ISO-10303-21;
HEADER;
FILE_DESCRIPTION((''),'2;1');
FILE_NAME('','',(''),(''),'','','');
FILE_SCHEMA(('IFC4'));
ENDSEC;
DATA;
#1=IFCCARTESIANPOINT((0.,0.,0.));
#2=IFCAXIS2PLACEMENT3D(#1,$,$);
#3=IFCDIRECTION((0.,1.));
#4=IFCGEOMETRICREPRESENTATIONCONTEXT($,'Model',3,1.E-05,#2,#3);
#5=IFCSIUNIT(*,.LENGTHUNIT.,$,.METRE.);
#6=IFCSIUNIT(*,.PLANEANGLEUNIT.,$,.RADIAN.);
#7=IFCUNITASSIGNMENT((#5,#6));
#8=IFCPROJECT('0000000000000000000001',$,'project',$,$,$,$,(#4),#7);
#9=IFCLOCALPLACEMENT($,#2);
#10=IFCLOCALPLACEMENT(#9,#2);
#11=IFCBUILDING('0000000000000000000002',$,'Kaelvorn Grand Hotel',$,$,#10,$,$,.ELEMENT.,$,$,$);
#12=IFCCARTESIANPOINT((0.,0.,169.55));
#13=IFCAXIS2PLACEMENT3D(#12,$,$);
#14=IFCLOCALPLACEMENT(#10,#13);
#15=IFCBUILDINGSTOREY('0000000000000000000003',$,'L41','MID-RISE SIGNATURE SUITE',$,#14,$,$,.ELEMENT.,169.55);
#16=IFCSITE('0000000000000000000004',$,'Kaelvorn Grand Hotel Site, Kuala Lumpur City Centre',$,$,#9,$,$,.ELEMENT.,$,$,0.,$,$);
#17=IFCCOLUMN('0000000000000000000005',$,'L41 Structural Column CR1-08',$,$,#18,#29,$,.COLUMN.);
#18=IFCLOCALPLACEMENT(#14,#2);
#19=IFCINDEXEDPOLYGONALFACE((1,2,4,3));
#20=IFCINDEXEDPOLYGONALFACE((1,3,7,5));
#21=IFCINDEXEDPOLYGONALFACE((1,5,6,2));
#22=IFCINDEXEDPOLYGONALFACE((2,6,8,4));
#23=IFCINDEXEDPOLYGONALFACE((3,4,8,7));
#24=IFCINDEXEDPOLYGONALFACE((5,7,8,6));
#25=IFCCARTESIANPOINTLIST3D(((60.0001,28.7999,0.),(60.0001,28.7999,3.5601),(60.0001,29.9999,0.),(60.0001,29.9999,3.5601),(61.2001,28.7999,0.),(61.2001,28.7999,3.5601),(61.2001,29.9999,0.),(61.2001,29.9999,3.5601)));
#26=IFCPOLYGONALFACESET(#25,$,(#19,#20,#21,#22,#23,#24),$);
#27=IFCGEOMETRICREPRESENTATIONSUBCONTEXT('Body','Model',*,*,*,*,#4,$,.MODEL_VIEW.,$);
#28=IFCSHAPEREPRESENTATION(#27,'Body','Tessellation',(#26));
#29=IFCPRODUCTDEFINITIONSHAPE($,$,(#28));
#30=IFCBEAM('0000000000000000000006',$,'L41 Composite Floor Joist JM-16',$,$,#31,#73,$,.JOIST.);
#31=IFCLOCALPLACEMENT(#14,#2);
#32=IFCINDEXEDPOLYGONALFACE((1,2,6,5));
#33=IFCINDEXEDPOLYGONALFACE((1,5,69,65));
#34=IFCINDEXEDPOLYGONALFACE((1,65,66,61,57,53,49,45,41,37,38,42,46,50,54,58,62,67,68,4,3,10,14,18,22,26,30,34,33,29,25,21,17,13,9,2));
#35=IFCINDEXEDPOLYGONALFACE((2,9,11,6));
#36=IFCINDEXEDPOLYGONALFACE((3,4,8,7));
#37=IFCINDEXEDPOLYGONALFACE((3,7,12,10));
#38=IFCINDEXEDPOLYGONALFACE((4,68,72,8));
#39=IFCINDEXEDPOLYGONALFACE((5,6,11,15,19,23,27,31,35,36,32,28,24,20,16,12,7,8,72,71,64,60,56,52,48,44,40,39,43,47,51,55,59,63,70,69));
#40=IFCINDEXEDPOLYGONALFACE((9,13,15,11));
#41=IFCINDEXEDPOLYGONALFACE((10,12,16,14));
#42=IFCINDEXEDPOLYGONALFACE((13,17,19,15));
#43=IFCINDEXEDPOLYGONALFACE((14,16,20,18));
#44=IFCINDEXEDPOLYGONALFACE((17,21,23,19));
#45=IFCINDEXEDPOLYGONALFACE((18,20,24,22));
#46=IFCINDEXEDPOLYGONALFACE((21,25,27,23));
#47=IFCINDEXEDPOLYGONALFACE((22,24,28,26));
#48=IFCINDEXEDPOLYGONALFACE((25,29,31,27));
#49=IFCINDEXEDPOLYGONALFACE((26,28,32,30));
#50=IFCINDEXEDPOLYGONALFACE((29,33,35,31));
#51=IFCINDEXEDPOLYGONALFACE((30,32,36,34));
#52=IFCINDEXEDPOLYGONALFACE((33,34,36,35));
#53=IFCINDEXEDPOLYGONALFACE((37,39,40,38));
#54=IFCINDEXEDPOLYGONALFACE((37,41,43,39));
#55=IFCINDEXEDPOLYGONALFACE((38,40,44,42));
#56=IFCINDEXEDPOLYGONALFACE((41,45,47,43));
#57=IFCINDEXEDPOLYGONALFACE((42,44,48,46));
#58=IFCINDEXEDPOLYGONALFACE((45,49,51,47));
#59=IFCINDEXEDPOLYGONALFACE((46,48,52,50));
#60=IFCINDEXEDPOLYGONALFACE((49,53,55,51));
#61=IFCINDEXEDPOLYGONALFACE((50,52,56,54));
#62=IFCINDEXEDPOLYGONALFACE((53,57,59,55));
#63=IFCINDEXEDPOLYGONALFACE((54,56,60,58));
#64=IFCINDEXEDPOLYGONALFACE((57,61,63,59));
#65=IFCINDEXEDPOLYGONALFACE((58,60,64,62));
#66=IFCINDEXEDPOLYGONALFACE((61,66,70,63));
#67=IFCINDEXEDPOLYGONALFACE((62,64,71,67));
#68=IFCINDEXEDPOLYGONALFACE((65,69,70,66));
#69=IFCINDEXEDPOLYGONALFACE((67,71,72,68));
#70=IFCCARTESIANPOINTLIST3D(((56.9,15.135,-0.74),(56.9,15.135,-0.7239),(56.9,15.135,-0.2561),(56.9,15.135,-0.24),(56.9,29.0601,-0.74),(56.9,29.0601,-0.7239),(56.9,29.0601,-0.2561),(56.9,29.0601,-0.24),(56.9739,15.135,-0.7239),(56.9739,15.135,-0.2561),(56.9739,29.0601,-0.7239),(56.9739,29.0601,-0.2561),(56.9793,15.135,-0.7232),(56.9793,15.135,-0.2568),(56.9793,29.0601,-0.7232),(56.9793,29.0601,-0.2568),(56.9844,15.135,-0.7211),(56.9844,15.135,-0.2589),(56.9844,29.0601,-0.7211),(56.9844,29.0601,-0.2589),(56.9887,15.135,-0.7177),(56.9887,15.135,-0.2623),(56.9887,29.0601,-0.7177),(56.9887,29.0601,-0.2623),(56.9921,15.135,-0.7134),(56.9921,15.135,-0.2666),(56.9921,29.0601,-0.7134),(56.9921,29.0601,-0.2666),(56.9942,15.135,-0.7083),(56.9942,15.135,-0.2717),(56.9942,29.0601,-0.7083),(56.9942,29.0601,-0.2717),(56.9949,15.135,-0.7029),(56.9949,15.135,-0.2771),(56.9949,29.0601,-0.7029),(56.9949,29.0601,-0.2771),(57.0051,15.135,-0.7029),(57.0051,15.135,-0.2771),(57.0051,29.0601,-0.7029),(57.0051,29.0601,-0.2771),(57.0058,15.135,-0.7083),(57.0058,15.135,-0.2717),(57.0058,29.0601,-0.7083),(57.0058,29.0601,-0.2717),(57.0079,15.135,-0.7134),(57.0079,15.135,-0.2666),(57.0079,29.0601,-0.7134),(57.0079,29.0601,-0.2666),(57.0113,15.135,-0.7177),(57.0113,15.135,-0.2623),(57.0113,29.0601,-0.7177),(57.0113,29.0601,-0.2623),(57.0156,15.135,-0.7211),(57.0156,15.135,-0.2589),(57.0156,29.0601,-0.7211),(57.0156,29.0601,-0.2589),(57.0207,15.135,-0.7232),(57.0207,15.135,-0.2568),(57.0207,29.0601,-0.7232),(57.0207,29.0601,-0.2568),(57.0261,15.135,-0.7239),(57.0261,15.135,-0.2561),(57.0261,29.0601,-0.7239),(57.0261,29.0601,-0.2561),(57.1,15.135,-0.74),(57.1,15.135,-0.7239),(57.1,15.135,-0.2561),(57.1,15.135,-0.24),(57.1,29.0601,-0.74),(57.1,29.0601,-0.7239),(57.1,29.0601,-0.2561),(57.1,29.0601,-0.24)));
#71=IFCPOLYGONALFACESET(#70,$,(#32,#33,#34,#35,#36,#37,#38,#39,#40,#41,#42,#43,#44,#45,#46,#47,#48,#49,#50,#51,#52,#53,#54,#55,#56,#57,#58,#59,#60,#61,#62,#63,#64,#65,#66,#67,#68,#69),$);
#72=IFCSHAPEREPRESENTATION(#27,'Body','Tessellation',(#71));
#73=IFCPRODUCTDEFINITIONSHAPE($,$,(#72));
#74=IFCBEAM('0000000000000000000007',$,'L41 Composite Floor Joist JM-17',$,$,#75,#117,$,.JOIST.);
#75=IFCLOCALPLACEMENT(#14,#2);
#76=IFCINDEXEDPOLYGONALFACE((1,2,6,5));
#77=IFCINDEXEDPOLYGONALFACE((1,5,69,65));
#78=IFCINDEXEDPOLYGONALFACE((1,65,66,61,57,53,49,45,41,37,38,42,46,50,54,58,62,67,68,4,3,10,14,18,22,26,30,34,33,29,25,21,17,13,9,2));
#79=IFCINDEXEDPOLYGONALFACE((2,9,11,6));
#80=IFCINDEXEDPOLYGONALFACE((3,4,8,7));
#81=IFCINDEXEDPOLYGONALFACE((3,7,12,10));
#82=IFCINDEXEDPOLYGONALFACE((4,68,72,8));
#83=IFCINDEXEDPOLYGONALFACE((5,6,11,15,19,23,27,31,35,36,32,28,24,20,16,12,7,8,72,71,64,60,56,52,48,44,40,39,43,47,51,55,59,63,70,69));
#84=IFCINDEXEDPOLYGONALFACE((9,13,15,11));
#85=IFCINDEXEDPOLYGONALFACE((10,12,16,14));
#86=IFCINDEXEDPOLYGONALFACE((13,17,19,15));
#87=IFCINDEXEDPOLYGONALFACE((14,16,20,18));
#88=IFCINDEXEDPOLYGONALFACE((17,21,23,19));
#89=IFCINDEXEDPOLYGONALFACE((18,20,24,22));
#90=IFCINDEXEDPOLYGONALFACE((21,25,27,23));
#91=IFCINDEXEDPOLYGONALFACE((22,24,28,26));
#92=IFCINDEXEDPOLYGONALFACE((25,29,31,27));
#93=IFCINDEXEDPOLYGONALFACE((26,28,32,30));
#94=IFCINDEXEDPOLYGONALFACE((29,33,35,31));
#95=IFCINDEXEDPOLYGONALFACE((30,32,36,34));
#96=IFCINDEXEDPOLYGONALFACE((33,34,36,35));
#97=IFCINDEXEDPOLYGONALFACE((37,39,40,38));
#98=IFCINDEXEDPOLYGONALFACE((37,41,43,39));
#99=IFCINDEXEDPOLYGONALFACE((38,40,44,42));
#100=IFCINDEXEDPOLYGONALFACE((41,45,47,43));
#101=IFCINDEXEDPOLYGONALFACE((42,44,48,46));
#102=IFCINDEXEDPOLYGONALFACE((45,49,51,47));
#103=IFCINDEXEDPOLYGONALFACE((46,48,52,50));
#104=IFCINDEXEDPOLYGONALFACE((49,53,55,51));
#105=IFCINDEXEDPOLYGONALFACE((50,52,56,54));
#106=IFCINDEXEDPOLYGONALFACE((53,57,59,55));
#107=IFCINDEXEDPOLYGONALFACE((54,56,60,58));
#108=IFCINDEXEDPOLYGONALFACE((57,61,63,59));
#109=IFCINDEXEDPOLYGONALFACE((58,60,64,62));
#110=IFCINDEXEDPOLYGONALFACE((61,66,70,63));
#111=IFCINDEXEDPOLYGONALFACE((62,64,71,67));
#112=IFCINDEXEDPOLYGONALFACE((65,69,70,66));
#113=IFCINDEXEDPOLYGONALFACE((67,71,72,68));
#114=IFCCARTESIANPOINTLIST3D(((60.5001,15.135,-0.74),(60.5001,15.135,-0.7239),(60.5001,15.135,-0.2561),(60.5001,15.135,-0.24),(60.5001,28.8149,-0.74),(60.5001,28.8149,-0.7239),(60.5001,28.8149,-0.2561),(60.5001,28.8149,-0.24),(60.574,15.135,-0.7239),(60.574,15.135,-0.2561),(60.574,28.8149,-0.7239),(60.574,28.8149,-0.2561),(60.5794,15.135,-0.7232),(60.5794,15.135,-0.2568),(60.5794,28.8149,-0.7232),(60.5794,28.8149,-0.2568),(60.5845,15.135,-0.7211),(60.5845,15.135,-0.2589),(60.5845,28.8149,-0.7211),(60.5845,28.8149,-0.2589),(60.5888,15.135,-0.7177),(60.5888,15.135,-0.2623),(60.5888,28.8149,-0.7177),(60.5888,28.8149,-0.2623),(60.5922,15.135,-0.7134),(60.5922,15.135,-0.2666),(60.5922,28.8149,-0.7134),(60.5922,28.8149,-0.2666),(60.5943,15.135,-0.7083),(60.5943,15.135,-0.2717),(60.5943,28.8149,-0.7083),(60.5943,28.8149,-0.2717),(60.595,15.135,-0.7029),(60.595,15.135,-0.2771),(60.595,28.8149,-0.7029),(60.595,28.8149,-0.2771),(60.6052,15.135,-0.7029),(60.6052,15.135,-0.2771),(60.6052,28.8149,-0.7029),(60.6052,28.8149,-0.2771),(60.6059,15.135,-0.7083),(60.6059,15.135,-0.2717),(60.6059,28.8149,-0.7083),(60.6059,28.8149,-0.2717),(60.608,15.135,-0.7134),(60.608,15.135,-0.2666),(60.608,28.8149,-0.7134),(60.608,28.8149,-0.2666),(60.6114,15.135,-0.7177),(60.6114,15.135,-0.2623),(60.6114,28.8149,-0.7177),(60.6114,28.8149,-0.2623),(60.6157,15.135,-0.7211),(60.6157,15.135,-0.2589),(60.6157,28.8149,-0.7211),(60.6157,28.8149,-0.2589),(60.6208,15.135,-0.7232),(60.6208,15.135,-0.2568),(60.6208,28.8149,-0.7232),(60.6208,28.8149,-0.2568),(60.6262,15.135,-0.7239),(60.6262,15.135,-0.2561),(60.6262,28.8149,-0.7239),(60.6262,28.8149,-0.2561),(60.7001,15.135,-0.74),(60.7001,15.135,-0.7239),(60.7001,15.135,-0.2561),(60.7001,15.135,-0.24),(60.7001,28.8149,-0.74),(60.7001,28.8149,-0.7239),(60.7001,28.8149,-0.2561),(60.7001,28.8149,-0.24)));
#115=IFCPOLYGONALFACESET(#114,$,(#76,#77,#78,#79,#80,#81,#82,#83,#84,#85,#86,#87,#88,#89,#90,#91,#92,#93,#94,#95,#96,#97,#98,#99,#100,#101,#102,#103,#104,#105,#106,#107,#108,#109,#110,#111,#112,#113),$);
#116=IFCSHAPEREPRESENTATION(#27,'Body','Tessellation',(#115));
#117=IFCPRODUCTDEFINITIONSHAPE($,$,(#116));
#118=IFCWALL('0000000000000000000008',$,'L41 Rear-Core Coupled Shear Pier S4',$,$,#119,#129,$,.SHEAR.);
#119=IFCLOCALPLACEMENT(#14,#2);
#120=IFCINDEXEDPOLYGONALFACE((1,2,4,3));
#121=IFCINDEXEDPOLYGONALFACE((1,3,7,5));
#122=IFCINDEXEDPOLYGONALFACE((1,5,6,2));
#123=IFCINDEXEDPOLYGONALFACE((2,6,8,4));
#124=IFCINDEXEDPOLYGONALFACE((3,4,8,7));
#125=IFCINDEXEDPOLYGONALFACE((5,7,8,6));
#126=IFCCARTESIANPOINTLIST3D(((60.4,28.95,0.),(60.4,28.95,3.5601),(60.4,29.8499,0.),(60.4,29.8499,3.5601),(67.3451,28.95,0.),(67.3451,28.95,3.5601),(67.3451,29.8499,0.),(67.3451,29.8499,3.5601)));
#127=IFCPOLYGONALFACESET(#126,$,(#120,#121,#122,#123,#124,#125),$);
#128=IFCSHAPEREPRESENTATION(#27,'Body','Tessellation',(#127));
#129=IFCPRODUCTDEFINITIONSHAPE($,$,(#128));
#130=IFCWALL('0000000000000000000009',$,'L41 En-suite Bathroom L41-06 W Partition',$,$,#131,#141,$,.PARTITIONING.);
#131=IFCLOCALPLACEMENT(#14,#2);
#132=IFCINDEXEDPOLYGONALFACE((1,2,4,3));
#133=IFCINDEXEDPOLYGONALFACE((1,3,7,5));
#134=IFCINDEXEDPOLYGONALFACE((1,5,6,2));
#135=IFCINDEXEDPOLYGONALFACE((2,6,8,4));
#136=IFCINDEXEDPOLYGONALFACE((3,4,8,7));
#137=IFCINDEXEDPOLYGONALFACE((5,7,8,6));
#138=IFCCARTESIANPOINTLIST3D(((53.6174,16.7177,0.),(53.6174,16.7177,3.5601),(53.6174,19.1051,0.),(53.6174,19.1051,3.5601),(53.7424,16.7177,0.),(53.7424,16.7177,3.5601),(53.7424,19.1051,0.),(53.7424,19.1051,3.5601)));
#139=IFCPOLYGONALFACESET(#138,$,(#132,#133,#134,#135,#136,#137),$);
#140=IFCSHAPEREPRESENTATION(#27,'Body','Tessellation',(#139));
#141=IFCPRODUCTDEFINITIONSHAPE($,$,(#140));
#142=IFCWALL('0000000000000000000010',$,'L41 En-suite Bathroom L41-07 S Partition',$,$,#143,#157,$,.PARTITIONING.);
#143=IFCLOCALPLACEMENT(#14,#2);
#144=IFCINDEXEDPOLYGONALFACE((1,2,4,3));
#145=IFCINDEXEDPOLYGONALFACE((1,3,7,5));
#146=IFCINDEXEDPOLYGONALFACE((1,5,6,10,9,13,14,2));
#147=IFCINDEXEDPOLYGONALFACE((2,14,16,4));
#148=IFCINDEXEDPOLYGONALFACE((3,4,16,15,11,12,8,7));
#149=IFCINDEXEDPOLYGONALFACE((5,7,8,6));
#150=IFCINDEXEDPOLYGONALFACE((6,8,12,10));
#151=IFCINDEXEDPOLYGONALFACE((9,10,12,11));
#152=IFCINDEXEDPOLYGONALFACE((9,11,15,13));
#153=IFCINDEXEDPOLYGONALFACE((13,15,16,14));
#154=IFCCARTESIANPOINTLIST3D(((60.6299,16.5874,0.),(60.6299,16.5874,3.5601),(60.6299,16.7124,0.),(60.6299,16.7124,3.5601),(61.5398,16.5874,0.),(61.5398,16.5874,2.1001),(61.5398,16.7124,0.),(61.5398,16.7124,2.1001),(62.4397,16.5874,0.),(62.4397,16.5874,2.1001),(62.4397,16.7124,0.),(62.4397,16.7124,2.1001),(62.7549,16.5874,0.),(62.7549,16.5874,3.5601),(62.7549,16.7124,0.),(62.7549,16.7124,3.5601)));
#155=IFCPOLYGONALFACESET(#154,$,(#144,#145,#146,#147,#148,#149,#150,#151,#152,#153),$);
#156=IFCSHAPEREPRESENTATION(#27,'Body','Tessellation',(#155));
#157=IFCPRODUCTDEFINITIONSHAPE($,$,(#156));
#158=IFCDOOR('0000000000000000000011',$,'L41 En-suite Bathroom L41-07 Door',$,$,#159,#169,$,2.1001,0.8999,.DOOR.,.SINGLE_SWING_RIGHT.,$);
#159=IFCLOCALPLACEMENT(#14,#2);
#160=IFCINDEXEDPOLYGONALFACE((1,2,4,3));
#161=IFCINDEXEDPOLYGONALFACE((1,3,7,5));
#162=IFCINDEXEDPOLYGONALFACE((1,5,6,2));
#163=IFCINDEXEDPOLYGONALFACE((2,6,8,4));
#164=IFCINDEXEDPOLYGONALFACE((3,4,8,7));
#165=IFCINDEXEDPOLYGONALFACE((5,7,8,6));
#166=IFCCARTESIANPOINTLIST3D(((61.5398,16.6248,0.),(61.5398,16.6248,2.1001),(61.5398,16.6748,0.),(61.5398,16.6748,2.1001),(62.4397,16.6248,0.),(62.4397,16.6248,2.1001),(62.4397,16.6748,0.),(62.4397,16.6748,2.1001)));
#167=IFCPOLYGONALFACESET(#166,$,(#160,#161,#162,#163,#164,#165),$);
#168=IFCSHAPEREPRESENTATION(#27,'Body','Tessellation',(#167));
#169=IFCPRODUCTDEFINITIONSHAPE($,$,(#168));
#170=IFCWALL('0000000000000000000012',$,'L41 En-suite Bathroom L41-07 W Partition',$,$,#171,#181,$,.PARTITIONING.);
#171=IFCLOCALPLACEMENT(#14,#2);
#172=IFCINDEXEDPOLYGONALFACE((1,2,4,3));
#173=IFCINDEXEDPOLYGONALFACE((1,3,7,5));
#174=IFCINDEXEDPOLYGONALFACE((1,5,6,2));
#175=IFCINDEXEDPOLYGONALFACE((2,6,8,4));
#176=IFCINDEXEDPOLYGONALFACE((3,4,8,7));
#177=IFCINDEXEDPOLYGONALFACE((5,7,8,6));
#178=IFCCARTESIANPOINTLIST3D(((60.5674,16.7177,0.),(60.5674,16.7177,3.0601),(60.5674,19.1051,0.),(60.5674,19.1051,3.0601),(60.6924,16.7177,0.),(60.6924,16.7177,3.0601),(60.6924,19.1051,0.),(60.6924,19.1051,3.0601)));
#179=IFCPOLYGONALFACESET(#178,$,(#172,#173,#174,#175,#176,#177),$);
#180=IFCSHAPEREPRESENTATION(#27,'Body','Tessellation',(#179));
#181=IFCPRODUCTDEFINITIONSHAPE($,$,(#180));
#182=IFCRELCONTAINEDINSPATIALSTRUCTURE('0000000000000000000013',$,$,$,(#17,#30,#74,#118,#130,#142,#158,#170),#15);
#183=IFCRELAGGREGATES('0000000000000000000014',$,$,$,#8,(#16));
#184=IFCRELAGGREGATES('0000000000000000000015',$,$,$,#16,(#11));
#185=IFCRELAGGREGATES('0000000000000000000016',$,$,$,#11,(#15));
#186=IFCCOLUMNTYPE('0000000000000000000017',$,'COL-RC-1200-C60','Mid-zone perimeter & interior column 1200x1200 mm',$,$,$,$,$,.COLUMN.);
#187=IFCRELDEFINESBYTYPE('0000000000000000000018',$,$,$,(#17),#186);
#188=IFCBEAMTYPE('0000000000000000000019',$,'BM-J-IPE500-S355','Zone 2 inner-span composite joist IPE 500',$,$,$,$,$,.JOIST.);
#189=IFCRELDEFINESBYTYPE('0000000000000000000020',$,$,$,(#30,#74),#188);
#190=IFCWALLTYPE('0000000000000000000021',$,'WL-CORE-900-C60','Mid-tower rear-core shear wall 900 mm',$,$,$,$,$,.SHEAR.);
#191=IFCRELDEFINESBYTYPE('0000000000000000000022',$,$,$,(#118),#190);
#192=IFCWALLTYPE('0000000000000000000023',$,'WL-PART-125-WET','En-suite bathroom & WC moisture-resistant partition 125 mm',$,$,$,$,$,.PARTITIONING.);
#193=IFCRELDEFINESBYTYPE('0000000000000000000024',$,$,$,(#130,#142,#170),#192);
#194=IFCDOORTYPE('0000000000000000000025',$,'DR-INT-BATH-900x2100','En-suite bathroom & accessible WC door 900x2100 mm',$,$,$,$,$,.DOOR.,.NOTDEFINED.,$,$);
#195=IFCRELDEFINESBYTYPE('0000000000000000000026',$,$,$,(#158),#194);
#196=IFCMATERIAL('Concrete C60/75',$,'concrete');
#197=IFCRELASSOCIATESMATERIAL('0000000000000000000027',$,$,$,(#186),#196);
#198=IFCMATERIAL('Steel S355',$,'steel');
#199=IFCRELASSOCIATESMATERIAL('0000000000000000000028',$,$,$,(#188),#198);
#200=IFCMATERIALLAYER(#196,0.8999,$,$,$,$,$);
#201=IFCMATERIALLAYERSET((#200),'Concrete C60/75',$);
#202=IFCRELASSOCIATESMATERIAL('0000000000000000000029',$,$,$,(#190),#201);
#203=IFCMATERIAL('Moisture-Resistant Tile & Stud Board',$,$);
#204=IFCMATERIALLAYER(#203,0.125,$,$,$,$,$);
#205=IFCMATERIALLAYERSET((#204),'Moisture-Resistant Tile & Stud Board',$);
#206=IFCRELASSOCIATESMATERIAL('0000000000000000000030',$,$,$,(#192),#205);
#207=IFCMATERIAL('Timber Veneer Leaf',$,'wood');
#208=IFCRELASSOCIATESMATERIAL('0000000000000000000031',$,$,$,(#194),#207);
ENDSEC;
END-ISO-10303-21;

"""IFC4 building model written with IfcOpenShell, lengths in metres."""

from ifc_helpers import new_model, si_unit, direction, frame, frame_2d, origin, origin_2d, place, context, subcontext, project, spatial, rectangle, i_section, extrude, material, layer, layer_set, material_profile, profile_set, type_object, element, fill, save


model = new_model("IFC4")

# Units and contexts
model_context = context("Model", 3, precision=1e-05, world=origin(), true_north=direction((0.0, 1.0)))
body_context = subcontext(model_context, "Body", "Model", "MODEL_VIEW")
ifc_project = project(units=[si_unit("LENGTHUNIT", "METRE"), si_unit("PLANEANGLEUNIT", "RADIAN")], contexts=[model_context])

# Site, building, storey
site_placement = place(None, origin())
site = spatial("IfcSite", under=ifc_project, at=site_placement, Name="Kaelvorn Grand Hotel Site, Kuala Lumpur City Centre", CompositionType="ELEMENT", RefElevation=0.0)
building_placement = place(site_placement, origin())
building = spatial("IfcBuilding", under=site, at=building_placement, Name="Kaelvorn Grand Hotel", CompositionType="ELEMENT")
storey_placement = place(building_placement, frame((0.0, 0.0, 169.55)))
storey = spatial("IfcBuildingStorey", under=building, at=storey_placement, Name="L41", Description="MID-RISE SIGNATURE SUITE", CompositionType="ELEMENT", Elevation=169.55)

# Column
ifc_material_1 = material(Name="Concrete C60/75", Category="concrete")
ifc_material_profile_1 = material_profile(ifc_material_1, rectangle(XDim=1.2, YDim=1.2, at=origin_2d()), Name="RC COL 1200x1200")
ifc_profile_set_1 = profile_set([ifc_material_profile_1], Name="Concrete C60/75")
column_type = type_object("IfcColumnType", Name="COL-RC-1200-C60", Description="Mid-zone perimeter & interior column 1200x1200 mm", PredefinedType="COLUMN", material=ifc_profile_set_1)
column_placement = place(storey_placement, frame((60.6001, 29.3999, 0.0), z_axis=(0.0, 0.0, 1.0), x_axis=(1.0, 0.0, 0.0)))
element("IfcColumn", 1, at=column_placement, inside=storey, type_object=column_type, Name="L41 Structural Column CR1-08", PredefinedType="COLUMN", context=body_context, shape_type="SweptSolid", body=[
    extrude(rectangle(XDim=1.2, YDim=1.2, at=origin_2d()), origin(), (0.0, 0.0, 1.0), 3.5601),
])

# Beams
ifc_material_2 = material(Name="Steel S355", Category="steel")
ifc_material_profile_2 = material_profile(ifc_material_2, i_section(OverallWidth=0.2, OverallDepth=0.5, WebThickness=0.0103, FlangeThickness=0.0161, FilletRadius=0.021, at=origin_2d()), Name="IPE 500")
ifc_profile_set_2 = profile_set([ifc_material_profile_2], Name="Steel S355")
beam_type = type_object("IfcBeamType", Name="BM-J-IPE500-S355", Description="Zone 2 inner-span composite joist IPE 500", PredefinedType="JOIST", material=ifc_profile_set_2)
beam_1_placement = place(storey_placement, frame((57.0, 15.135, -0.49), z_axis=(0.0, 1.0, 0.0), x_axis=(-1.0, 0.0, 0.0)))
element("IfcBeam", 2, at=beam_1_placement, inside=storey, type_object=beam_type, Name="L41 Composite Floor Joist JM-16", PredefinedType="JOIST", context=body_context, shape_type="SweptSolid", body=[
    extrude(i_section(OverallWidth=0.2, OverallDepth=0.5, WebThickness=0.0103, FlangeThickness=0.0161, FilletRadius=0.021, at=origin_2d()), origin(), (0.0, 0.0, 1.0), 13.925),
])
beam_2_placement = place(storey_placement, frame((60.6001, 15.135, -0.49), z_axis=(0.0, 1.0, 0.0), x_axis=(-1.0, 0.0, 0.0)))
element("IfcBeam", 3, at=beam_2_placement, inside=storey, type_object=beam_type, Name="L41 Composite Floor Joist JM-17", PredefinedType="JOIST", context=body_context, shape_type="SweptSolid", body=[
    extrude(i_section(OverallWidth=0.2, OverallDepth=0.5, WebThickness=0.0103, FlangeThickness=0.0161, FilletRadius=0.021, at=origin_2d()), origin(), (0.0, 0.0, 1.0), 13.6799),
])

# Walls
ifc_layer_1 = layer(ifc_material_1, 0.8999)
ifc_layer_set_1 = layer_set([ifc_layer_1], Name="Concrete C60/75")
wall_type_1 = type_object("IfcWallType", Name="WL-CORE-900-C60", Description="Mid-tower rear-core shear wall 900 mm", PredefinedType="SHEAR", material=ifc_layer_set_1)
wall_1_placement = place(storey_placement, frame((60.3999, 29.3999, 0.0), z_axis=(0.0, 0.0, 1.0), x_axis=(1.0, 0.0, 0.0)))
element("IfcWall", 4, at=wall_1_placement, inside=storey, type_object=wall_type_1, Name="L41 Rear-Core Coupled Shear Pier S4", PredefinedType="SHEAR", context=body_context, shape_type="SweptSolid", body=[
    extrude(rectangle(XDim=6.9451, YDim=0.8999, at=frame_2d((3.4727, 0.0))), origin(), (0.0, 0.0, 1.0), 3.5601),
])
ifc_material_3 = material(Name="Moisture-Resistant Tile & Stud Board")
ifc_layer_2 = layer(ifc_material_3, 0.125)
ifc_layer_set_2 = layer_set([ifc_layer_2], Name="Moisture-Resistant Tile & Stud Board")
wall_type_2 = type_object("IfcWallType", Name="WL-PART-125-WET", Description="En-suite bathroom & WC moisture-resistant partition 125 mm", PredefinedType="PARTITIONING", material=ifc_layer_set_2)
wall_2_placement = place(storey_placement, frame((53.6799, 16.7175, 0.0), z_axis=(0.0, 0.0, 1.0), x_axis=(0.0, 1.0, 0.0)))
element("IfcWall", 5, at=wall_2_placement, inside=storey, type_object=wall_type_2, Name="L41 En-suite Bathroom L41-06 W Partition", PredefinedType="PARTITIONING", context=body_context, shape_type="SweptSolid", body=[
    extrude(rectangle(XDim=2.3875, YDim=0.125, at=frame_2d((1.1938, 0.0))), origin(), (0.0, 0.0, 1.0), 3.5601),
])

# Wall, opening, door
wall_3_placement = place(storey_placement, frame((60.6299, 16.6499, 0.0), z_axis=(0.0, 0.0, 1.0), x_axis=(1.0, 0.0, 0.0)))
wall_3 = element("IfcWall", 6, at=wall_3_placement, inside=storey, type_object=wall_type_2, Name="L41 En-suite Bathroom L41-07 S Partition", PredefinedType="PARTITIONING", context=body_context, shape_type="SweptSolid", body=[
    extrude(rectangle(XDim=2.125, YDim=0.125, at=frame_2d((1.0625, 0.0))), origin(), (0.0, 0.0, 1.0), 3.5601),
])
opening_1_placement = place(wall_3_placement, frame((0.9099, 0.0, 0.0)))
opening_1 = element("IfcOpeningElement", 7, at=opening_1_placement, cuts=wall_3, PredefinedType="OPENING", context=body_context, shape_type="SweptSolid", body=[
    extrude(rectangle(XDim=0.8999, YDim=2.1001, at=frame_2d((0.45, 1.05))), frame((0.0, 0.0725, 0.0), z_axis=(0.0, -1.0, 0.0), x_axis=(1.0, 0.0, 0.0)), (0.0, 0.0, 1.0), 0.145),
])
ifc_material_4 = material(Name="Timber Veneer Leaf", Category="wood")
door_type_1 = type_object("IfcDoorType", Name="DR-INT-BATH-900x2100", Description="En-suite bathroom & accessible WC door 900x2100 mm", OperationType="NOTDEFINED", PredefinedType="DOOR", material=ifc_material_4)
door_1_placement = place(opening_1_placement, origin())
door_1 = element("IfcDoor", 8, at=door_1_placement, inside=storey, type_object=door_type_1, Name="L41 En-suite Bathroom L41-07 Door", OperationType="SINGLE_SWING_RIGHT", OverallHeight=2.1001, OverallWidth=0.8999, PredefinedType="DOOR", context=body_context, shape_type="SweptSolid", body=[
    extrude(rectangle(XDim=0.8999, YDim=2.1001, at=frame_2d((0.45, 1.05))), frame((0.0, 0.0249, 0.0), z_axis=(0.0, -1.0, 0.0), x_axis=(1.0, 0.0, 0.0)), (0.0, 0.0, 1.0), 0.05),
])
fill(opening_1, door_1)

# Wall
wall_4_placement = place(storey_placement, frame((60.6299, 16.7175, 0.0), z_axis=(0.0, 0.0, 1.0), x_axis=(0.0, 1.0, 0.0)))
element("IfcWall", 9, at=wall_4_placement, inside=storey, type_object=wall_type_2, Name="L41 En-suite Bathroom L41-07 W Partition", PredefinedType="PARTITIONING", context=body_context, shape_type="SweptSolid", body=[
    extrude(rectangle(XDim=2.3875, YDim=0.125, at=frame_2d((1.1938, 0.0))), origin(), (0.0, 0.0, 1.0), 3.0601),
])

save(model, "model.ifc")
